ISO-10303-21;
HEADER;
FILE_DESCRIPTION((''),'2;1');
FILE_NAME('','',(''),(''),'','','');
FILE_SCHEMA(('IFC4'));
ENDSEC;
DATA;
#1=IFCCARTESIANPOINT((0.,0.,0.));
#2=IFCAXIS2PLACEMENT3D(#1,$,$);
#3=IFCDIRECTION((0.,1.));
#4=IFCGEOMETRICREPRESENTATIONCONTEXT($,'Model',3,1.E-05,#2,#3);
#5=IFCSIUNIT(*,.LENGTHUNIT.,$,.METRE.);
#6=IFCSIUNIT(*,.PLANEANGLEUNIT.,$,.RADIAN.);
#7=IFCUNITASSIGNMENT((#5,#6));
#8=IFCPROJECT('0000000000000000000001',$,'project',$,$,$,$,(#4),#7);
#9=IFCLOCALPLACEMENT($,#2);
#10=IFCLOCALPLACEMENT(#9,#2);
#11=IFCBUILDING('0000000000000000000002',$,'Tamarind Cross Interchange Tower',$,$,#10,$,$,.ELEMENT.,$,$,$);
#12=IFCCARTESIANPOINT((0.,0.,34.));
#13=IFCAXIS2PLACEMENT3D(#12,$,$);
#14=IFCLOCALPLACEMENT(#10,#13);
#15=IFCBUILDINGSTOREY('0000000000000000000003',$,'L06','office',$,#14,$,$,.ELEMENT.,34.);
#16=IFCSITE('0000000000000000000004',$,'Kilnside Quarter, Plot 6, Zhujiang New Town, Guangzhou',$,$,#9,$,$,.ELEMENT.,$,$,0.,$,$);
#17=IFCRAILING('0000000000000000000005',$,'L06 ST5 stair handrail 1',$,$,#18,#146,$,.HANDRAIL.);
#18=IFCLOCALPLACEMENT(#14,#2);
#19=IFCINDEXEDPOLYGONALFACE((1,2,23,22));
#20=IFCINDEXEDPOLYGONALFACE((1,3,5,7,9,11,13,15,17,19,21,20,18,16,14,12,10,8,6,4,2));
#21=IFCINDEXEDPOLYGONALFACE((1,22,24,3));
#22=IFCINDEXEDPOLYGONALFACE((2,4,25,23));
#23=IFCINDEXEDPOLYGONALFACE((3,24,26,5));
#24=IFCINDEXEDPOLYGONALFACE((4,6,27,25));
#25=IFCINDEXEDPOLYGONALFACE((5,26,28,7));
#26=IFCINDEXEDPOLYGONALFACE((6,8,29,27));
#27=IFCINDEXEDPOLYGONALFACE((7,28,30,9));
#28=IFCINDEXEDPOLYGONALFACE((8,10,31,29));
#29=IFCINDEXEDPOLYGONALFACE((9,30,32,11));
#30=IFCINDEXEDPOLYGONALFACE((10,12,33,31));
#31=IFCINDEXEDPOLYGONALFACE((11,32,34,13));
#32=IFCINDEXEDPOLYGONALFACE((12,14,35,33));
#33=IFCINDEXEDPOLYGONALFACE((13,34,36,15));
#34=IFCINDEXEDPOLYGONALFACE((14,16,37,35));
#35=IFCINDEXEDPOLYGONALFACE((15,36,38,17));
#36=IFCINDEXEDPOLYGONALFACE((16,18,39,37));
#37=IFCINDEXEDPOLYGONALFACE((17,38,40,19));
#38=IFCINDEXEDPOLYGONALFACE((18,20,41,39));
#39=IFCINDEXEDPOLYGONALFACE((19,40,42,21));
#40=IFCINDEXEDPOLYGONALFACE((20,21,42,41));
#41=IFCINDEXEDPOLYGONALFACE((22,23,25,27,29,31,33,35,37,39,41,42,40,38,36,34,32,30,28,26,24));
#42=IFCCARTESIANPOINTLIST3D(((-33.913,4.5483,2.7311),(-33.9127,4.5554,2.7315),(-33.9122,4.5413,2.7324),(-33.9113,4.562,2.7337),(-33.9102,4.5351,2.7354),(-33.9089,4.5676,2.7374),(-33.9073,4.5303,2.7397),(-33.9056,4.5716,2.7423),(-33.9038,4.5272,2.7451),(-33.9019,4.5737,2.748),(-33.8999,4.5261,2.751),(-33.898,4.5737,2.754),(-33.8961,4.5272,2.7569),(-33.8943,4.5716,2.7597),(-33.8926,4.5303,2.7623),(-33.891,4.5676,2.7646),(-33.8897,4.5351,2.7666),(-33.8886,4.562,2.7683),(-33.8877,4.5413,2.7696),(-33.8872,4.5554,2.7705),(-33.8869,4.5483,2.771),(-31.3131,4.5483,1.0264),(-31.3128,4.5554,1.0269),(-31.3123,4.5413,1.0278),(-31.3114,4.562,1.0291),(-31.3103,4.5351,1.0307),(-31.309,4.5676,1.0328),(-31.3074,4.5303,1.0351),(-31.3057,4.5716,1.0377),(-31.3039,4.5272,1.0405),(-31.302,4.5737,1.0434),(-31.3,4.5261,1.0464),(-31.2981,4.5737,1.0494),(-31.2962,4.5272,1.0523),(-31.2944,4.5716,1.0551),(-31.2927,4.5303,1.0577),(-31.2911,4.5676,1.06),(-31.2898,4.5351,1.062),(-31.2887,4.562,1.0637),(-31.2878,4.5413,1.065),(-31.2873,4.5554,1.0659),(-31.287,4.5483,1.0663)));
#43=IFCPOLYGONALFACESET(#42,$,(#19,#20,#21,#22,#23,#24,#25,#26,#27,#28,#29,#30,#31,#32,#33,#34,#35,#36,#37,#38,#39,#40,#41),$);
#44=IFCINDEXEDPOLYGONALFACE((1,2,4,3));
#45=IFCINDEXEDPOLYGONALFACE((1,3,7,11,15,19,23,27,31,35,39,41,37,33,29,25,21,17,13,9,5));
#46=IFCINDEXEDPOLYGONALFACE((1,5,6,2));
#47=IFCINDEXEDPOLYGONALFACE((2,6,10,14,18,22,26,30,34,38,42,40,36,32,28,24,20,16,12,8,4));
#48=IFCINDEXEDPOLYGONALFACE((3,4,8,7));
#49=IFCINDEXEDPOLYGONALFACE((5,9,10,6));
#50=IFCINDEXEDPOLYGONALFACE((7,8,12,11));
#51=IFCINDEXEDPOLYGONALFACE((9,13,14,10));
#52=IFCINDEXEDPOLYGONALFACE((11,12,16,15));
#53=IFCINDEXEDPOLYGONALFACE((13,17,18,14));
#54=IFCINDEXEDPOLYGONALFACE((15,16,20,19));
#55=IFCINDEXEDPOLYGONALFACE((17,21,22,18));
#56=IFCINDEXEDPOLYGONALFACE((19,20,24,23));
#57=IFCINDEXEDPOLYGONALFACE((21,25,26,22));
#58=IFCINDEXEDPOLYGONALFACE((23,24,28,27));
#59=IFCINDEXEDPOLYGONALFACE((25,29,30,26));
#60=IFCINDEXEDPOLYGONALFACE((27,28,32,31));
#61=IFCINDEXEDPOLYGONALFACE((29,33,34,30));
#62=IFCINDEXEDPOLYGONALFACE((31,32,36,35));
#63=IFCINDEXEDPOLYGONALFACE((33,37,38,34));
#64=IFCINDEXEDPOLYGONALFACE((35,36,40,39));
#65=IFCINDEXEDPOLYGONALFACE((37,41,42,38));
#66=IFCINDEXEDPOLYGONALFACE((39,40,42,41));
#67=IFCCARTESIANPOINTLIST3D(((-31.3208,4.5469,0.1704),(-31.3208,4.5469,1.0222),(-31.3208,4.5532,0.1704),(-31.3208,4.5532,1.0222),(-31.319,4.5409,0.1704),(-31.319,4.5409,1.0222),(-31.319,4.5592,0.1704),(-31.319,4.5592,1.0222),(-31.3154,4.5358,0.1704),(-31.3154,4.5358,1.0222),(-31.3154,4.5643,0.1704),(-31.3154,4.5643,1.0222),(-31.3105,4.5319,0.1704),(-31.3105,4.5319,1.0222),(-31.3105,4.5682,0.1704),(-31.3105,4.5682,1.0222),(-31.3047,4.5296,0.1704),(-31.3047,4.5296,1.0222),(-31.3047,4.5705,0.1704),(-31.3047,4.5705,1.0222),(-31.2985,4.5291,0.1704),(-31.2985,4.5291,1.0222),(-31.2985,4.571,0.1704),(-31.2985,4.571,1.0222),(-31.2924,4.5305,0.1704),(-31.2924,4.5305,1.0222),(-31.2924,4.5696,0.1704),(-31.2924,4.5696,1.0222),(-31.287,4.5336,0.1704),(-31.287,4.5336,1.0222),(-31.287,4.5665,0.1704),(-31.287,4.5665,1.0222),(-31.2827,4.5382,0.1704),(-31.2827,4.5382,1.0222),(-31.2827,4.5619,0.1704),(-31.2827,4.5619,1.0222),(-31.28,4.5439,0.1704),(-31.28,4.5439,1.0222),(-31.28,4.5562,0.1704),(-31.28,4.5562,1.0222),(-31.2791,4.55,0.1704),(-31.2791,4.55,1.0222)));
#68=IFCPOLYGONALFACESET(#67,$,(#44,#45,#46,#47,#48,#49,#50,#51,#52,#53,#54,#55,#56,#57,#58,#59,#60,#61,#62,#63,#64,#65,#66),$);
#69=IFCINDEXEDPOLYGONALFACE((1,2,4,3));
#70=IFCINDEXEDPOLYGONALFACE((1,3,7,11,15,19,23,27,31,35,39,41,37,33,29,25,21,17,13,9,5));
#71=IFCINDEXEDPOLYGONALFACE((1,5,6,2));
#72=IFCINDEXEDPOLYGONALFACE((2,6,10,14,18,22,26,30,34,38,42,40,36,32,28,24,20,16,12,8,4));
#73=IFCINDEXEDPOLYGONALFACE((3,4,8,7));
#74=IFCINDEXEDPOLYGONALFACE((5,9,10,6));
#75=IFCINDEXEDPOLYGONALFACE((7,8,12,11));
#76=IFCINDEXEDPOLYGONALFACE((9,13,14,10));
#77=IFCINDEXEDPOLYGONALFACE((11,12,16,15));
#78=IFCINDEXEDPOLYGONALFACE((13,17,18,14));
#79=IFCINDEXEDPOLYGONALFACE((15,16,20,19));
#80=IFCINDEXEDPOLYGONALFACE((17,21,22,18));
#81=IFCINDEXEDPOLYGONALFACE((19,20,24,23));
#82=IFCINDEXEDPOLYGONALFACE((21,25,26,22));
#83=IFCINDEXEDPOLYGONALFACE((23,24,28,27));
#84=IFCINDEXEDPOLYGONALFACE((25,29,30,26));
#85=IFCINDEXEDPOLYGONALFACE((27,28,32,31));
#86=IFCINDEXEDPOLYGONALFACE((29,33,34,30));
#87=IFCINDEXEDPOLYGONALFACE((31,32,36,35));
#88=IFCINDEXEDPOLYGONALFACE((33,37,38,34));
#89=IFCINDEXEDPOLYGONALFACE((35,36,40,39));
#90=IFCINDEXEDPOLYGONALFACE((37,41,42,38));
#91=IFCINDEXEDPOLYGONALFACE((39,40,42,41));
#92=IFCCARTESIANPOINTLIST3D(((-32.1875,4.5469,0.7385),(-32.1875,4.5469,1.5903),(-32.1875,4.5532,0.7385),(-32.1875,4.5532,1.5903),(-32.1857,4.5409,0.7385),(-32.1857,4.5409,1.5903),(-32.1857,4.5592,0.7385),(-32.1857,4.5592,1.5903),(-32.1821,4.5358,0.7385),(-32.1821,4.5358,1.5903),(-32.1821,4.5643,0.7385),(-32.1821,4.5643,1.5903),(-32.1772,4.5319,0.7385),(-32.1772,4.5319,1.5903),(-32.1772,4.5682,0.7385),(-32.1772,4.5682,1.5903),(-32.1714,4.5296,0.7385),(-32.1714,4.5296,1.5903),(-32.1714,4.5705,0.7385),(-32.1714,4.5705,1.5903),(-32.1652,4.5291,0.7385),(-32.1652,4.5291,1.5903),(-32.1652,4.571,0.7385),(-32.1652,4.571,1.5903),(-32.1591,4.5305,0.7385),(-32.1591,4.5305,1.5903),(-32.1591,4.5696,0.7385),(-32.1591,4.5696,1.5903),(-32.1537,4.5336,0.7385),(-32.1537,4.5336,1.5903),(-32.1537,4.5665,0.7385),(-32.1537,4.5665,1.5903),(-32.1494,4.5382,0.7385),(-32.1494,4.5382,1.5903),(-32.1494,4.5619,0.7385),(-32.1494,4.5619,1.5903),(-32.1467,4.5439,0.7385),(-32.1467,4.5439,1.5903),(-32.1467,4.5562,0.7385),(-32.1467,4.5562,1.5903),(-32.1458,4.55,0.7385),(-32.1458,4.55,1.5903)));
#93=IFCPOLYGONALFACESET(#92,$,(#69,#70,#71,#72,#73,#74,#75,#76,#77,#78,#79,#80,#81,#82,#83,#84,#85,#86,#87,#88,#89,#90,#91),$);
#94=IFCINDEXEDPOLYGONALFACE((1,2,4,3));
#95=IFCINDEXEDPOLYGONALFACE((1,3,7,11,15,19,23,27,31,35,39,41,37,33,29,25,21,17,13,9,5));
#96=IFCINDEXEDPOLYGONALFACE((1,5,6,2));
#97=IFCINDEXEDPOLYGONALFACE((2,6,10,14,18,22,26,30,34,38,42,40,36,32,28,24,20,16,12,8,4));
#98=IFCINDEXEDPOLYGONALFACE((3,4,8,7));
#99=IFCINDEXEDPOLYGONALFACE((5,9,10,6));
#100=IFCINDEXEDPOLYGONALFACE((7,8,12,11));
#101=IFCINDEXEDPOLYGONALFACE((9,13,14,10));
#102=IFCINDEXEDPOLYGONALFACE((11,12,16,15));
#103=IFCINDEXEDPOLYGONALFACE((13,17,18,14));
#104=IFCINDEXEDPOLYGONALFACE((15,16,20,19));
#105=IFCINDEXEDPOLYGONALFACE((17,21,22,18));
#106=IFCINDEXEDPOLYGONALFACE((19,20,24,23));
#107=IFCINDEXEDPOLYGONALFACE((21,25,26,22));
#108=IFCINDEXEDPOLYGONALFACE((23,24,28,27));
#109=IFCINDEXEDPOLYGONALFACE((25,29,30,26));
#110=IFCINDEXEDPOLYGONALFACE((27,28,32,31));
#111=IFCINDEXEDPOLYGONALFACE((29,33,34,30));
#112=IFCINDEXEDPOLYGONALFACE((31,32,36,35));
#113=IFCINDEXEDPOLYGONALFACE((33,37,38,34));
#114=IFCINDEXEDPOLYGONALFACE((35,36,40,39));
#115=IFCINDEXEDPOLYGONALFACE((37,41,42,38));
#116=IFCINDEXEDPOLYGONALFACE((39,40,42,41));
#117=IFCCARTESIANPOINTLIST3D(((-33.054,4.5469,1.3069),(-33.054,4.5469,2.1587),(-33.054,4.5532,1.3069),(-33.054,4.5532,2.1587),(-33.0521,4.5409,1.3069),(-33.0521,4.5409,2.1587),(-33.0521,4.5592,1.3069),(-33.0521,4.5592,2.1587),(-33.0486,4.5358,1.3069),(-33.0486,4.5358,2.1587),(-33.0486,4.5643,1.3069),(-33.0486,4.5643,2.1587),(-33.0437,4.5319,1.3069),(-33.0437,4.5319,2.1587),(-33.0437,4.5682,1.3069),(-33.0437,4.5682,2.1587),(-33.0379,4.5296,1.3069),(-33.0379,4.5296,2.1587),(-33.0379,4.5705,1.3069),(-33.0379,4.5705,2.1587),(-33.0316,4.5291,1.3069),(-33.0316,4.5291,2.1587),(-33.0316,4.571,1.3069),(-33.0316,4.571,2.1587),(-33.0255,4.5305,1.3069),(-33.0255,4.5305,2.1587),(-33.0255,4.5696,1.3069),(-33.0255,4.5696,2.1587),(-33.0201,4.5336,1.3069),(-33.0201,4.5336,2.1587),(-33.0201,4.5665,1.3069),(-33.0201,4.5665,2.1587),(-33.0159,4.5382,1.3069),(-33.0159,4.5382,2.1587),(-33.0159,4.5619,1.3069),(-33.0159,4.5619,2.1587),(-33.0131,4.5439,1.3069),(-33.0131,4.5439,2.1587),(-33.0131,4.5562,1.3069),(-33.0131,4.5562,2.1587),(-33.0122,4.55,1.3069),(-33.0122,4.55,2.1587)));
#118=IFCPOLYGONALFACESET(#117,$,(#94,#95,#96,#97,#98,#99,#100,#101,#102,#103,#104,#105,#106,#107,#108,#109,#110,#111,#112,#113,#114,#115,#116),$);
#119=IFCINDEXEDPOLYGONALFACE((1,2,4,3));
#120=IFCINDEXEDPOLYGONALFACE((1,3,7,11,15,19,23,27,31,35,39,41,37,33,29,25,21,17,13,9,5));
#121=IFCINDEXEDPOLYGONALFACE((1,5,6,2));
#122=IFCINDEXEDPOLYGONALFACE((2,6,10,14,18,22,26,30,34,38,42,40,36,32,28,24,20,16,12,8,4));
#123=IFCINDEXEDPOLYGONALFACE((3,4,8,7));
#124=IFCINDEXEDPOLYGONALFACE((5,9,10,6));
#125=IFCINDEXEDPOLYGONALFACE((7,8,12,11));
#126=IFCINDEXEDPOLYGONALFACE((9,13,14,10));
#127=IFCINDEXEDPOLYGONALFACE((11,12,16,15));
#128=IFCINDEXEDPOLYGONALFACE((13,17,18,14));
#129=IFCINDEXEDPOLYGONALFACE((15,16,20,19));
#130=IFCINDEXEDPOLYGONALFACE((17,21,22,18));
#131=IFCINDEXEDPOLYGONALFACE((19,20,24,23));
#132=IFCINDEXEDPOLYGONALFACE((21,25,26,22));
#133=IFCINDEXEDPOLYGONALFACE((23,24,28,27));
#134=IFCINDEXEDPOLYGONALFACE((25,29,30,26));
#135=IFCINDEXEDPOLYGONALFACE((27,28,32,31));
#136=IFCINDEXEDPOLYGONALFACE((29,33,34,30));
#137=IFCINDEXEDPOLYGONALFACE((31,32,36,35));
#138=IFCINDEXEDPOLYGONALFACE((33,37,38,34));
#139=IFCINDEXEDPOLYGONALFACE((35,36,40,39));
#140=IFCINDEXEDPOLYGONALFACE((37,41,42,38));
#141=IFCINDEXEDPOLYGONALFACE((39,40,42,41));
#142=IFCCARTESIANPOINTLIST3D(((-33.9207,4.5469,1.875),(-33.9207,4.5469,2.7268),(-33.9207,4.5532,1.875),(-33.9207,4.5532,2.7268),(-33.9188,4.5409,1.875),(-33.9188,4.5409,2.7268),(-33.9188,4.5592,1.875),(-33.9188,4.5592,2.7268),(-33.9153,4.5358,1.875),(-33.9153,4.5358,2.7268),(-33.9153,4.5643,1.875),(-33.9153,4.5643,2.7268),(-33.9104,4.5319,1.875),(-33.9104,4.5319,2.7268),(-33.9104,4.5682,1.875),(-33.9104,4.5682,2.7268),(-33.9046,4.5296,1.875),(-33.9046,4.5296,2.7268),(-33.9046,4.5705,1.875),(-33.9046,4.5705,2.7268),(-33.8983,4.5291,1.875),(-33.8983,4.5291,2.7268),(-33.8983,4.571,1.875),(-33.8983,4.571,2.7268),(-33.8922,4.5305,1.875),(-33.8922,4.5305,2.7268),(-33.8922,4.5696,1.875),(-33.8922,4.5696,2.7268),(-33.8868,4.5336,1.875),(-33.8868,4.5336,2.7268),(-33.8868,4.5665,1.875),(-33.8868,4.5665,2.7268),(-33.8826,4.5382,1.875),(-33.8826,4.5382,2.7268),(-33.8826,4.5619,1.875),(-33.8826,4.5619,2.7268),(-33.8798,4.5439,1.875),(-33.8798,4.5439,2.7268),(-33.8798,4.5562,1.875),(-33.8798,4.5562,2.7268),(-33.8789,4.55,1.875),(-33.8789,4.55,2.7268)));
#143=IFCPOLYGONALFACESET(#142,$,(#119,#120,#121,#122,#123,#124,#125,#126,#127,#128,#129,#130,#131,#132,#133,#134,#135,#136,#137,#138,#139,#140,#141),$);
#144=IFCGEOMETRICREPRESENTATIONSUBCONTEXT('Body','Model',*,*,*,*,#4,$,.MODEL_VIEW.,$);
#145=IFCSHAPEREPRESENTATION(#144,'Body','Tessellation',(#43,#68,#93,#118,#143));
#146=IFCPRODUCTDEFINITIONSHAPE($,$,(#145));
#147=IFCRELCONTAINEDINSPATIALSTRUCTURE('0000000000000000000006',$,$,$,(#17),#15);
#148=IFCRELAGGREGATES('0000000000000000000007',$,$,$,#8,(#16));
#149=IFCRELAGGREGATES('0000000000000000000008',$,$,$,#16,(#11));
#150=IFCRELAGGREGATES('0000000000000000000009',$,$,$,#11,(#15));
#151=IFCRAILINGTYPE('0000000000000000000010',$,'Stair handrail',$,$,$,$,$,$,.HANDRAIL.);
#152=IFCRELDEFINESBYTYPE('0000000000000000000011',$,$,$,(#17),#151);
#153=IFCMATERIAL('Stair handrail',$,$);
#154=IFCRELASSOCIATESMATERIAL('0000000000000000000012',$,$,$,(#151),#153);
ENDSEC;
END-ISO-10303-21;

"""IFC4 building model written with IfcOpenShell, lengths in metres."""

from ifc_helpers import new_model, si_unit, direction, frame, origin, origin_2d, place, context, subcontext, project, spatial, circle, extrude, material, type_object, element, save


model = new_model("IFC4")

# Units and contexts
model_context = context("Model", 3, precision=1e-05, world=origin(), true_north=direction((0.0, 1.0)))
body_context = subcontext(model_context, "Body", "Model", "MODEL_VIEW")
ifc_project = project(units=[si_unit("LENGTHUNIT", "METRE"), si_unit("PLANEANGLEUNIT", "RADIAN")], contexts=[model_context])

# Site, building, storey
site_placement = place(None, origin())
site = spatial("IfcSite", under=ifc_project, at=site_placement, Name="Kilnside Quarter, Plot 6, Zhujiang New Town, Guangzhou", CompositionType="ELEMENT", RefElevation=0.0)
building_placement = place(site_placement, origin())
building = spatial("IfcBuilding", under=site, at=building_placement, Name="Tamarind Cross Interchange Tower", CompositionType="ELEMENT")
storey_placement = place(building_placement, frame((0.0, 0.0, 34.0)))
storey = spatial("IfcBuildingStorey", under=building, at=storey_placement, Name="L06", Description="office", CompositionType="ELEMENT", Elevation=34.0)

# Railing
ifc_material_1 = material(Name="Stair handrail")
railing_type_1 = type_object("IfcRailingType", Name="Stair handrail", PredefinedType="HANDRAIL", material=ifc_material_1)
railing_1_placement = place(storey_placement, frame((-31.3, 4.55, 0.1704)))
element("IfcRailing", 1, at=railing_1_placement, inside=storey, type_object=railing_type_1, Name="L06 ST5 stair handrail 1", PredefinedType="HANDRAIL", context=body_context, shape_type="SweptSolid", body=[
    extrude(circle(Radius=0.0239, at=origin_2d()), frame((0.0, 0.0, 0.876), z_axis=(-0.836279, 0.0, 0.548305), x_axis=(0.0, -1.0, 0.0)), (0.0, 0.0, 1.0), 3.1089),
    extrude(circle(Radius=0.021, at=origin_2d()), origin(), (0.0, 0.0, 1.0), 0.8518),
    extrude(circle(Radius=0.021, at=origin_2d()), frame((-0.8667, 0.0, 0.5681)), (0.0, 0.0, 1.0), 0.8518),
    extrude(circle(Radius=0.021, at=origin_2d()), frame((-1.7332, 0.0, 1.1365)), (0.0, 0.0, 1.0), 0.8518),
    extrude(circle(Radius=0.021, at=origin_2d()), frame((-2.5999, 0.0, 1.7046)), (0.0, 0.0, 1.0), 0.8518),
])

save(model, "model.ifc")
